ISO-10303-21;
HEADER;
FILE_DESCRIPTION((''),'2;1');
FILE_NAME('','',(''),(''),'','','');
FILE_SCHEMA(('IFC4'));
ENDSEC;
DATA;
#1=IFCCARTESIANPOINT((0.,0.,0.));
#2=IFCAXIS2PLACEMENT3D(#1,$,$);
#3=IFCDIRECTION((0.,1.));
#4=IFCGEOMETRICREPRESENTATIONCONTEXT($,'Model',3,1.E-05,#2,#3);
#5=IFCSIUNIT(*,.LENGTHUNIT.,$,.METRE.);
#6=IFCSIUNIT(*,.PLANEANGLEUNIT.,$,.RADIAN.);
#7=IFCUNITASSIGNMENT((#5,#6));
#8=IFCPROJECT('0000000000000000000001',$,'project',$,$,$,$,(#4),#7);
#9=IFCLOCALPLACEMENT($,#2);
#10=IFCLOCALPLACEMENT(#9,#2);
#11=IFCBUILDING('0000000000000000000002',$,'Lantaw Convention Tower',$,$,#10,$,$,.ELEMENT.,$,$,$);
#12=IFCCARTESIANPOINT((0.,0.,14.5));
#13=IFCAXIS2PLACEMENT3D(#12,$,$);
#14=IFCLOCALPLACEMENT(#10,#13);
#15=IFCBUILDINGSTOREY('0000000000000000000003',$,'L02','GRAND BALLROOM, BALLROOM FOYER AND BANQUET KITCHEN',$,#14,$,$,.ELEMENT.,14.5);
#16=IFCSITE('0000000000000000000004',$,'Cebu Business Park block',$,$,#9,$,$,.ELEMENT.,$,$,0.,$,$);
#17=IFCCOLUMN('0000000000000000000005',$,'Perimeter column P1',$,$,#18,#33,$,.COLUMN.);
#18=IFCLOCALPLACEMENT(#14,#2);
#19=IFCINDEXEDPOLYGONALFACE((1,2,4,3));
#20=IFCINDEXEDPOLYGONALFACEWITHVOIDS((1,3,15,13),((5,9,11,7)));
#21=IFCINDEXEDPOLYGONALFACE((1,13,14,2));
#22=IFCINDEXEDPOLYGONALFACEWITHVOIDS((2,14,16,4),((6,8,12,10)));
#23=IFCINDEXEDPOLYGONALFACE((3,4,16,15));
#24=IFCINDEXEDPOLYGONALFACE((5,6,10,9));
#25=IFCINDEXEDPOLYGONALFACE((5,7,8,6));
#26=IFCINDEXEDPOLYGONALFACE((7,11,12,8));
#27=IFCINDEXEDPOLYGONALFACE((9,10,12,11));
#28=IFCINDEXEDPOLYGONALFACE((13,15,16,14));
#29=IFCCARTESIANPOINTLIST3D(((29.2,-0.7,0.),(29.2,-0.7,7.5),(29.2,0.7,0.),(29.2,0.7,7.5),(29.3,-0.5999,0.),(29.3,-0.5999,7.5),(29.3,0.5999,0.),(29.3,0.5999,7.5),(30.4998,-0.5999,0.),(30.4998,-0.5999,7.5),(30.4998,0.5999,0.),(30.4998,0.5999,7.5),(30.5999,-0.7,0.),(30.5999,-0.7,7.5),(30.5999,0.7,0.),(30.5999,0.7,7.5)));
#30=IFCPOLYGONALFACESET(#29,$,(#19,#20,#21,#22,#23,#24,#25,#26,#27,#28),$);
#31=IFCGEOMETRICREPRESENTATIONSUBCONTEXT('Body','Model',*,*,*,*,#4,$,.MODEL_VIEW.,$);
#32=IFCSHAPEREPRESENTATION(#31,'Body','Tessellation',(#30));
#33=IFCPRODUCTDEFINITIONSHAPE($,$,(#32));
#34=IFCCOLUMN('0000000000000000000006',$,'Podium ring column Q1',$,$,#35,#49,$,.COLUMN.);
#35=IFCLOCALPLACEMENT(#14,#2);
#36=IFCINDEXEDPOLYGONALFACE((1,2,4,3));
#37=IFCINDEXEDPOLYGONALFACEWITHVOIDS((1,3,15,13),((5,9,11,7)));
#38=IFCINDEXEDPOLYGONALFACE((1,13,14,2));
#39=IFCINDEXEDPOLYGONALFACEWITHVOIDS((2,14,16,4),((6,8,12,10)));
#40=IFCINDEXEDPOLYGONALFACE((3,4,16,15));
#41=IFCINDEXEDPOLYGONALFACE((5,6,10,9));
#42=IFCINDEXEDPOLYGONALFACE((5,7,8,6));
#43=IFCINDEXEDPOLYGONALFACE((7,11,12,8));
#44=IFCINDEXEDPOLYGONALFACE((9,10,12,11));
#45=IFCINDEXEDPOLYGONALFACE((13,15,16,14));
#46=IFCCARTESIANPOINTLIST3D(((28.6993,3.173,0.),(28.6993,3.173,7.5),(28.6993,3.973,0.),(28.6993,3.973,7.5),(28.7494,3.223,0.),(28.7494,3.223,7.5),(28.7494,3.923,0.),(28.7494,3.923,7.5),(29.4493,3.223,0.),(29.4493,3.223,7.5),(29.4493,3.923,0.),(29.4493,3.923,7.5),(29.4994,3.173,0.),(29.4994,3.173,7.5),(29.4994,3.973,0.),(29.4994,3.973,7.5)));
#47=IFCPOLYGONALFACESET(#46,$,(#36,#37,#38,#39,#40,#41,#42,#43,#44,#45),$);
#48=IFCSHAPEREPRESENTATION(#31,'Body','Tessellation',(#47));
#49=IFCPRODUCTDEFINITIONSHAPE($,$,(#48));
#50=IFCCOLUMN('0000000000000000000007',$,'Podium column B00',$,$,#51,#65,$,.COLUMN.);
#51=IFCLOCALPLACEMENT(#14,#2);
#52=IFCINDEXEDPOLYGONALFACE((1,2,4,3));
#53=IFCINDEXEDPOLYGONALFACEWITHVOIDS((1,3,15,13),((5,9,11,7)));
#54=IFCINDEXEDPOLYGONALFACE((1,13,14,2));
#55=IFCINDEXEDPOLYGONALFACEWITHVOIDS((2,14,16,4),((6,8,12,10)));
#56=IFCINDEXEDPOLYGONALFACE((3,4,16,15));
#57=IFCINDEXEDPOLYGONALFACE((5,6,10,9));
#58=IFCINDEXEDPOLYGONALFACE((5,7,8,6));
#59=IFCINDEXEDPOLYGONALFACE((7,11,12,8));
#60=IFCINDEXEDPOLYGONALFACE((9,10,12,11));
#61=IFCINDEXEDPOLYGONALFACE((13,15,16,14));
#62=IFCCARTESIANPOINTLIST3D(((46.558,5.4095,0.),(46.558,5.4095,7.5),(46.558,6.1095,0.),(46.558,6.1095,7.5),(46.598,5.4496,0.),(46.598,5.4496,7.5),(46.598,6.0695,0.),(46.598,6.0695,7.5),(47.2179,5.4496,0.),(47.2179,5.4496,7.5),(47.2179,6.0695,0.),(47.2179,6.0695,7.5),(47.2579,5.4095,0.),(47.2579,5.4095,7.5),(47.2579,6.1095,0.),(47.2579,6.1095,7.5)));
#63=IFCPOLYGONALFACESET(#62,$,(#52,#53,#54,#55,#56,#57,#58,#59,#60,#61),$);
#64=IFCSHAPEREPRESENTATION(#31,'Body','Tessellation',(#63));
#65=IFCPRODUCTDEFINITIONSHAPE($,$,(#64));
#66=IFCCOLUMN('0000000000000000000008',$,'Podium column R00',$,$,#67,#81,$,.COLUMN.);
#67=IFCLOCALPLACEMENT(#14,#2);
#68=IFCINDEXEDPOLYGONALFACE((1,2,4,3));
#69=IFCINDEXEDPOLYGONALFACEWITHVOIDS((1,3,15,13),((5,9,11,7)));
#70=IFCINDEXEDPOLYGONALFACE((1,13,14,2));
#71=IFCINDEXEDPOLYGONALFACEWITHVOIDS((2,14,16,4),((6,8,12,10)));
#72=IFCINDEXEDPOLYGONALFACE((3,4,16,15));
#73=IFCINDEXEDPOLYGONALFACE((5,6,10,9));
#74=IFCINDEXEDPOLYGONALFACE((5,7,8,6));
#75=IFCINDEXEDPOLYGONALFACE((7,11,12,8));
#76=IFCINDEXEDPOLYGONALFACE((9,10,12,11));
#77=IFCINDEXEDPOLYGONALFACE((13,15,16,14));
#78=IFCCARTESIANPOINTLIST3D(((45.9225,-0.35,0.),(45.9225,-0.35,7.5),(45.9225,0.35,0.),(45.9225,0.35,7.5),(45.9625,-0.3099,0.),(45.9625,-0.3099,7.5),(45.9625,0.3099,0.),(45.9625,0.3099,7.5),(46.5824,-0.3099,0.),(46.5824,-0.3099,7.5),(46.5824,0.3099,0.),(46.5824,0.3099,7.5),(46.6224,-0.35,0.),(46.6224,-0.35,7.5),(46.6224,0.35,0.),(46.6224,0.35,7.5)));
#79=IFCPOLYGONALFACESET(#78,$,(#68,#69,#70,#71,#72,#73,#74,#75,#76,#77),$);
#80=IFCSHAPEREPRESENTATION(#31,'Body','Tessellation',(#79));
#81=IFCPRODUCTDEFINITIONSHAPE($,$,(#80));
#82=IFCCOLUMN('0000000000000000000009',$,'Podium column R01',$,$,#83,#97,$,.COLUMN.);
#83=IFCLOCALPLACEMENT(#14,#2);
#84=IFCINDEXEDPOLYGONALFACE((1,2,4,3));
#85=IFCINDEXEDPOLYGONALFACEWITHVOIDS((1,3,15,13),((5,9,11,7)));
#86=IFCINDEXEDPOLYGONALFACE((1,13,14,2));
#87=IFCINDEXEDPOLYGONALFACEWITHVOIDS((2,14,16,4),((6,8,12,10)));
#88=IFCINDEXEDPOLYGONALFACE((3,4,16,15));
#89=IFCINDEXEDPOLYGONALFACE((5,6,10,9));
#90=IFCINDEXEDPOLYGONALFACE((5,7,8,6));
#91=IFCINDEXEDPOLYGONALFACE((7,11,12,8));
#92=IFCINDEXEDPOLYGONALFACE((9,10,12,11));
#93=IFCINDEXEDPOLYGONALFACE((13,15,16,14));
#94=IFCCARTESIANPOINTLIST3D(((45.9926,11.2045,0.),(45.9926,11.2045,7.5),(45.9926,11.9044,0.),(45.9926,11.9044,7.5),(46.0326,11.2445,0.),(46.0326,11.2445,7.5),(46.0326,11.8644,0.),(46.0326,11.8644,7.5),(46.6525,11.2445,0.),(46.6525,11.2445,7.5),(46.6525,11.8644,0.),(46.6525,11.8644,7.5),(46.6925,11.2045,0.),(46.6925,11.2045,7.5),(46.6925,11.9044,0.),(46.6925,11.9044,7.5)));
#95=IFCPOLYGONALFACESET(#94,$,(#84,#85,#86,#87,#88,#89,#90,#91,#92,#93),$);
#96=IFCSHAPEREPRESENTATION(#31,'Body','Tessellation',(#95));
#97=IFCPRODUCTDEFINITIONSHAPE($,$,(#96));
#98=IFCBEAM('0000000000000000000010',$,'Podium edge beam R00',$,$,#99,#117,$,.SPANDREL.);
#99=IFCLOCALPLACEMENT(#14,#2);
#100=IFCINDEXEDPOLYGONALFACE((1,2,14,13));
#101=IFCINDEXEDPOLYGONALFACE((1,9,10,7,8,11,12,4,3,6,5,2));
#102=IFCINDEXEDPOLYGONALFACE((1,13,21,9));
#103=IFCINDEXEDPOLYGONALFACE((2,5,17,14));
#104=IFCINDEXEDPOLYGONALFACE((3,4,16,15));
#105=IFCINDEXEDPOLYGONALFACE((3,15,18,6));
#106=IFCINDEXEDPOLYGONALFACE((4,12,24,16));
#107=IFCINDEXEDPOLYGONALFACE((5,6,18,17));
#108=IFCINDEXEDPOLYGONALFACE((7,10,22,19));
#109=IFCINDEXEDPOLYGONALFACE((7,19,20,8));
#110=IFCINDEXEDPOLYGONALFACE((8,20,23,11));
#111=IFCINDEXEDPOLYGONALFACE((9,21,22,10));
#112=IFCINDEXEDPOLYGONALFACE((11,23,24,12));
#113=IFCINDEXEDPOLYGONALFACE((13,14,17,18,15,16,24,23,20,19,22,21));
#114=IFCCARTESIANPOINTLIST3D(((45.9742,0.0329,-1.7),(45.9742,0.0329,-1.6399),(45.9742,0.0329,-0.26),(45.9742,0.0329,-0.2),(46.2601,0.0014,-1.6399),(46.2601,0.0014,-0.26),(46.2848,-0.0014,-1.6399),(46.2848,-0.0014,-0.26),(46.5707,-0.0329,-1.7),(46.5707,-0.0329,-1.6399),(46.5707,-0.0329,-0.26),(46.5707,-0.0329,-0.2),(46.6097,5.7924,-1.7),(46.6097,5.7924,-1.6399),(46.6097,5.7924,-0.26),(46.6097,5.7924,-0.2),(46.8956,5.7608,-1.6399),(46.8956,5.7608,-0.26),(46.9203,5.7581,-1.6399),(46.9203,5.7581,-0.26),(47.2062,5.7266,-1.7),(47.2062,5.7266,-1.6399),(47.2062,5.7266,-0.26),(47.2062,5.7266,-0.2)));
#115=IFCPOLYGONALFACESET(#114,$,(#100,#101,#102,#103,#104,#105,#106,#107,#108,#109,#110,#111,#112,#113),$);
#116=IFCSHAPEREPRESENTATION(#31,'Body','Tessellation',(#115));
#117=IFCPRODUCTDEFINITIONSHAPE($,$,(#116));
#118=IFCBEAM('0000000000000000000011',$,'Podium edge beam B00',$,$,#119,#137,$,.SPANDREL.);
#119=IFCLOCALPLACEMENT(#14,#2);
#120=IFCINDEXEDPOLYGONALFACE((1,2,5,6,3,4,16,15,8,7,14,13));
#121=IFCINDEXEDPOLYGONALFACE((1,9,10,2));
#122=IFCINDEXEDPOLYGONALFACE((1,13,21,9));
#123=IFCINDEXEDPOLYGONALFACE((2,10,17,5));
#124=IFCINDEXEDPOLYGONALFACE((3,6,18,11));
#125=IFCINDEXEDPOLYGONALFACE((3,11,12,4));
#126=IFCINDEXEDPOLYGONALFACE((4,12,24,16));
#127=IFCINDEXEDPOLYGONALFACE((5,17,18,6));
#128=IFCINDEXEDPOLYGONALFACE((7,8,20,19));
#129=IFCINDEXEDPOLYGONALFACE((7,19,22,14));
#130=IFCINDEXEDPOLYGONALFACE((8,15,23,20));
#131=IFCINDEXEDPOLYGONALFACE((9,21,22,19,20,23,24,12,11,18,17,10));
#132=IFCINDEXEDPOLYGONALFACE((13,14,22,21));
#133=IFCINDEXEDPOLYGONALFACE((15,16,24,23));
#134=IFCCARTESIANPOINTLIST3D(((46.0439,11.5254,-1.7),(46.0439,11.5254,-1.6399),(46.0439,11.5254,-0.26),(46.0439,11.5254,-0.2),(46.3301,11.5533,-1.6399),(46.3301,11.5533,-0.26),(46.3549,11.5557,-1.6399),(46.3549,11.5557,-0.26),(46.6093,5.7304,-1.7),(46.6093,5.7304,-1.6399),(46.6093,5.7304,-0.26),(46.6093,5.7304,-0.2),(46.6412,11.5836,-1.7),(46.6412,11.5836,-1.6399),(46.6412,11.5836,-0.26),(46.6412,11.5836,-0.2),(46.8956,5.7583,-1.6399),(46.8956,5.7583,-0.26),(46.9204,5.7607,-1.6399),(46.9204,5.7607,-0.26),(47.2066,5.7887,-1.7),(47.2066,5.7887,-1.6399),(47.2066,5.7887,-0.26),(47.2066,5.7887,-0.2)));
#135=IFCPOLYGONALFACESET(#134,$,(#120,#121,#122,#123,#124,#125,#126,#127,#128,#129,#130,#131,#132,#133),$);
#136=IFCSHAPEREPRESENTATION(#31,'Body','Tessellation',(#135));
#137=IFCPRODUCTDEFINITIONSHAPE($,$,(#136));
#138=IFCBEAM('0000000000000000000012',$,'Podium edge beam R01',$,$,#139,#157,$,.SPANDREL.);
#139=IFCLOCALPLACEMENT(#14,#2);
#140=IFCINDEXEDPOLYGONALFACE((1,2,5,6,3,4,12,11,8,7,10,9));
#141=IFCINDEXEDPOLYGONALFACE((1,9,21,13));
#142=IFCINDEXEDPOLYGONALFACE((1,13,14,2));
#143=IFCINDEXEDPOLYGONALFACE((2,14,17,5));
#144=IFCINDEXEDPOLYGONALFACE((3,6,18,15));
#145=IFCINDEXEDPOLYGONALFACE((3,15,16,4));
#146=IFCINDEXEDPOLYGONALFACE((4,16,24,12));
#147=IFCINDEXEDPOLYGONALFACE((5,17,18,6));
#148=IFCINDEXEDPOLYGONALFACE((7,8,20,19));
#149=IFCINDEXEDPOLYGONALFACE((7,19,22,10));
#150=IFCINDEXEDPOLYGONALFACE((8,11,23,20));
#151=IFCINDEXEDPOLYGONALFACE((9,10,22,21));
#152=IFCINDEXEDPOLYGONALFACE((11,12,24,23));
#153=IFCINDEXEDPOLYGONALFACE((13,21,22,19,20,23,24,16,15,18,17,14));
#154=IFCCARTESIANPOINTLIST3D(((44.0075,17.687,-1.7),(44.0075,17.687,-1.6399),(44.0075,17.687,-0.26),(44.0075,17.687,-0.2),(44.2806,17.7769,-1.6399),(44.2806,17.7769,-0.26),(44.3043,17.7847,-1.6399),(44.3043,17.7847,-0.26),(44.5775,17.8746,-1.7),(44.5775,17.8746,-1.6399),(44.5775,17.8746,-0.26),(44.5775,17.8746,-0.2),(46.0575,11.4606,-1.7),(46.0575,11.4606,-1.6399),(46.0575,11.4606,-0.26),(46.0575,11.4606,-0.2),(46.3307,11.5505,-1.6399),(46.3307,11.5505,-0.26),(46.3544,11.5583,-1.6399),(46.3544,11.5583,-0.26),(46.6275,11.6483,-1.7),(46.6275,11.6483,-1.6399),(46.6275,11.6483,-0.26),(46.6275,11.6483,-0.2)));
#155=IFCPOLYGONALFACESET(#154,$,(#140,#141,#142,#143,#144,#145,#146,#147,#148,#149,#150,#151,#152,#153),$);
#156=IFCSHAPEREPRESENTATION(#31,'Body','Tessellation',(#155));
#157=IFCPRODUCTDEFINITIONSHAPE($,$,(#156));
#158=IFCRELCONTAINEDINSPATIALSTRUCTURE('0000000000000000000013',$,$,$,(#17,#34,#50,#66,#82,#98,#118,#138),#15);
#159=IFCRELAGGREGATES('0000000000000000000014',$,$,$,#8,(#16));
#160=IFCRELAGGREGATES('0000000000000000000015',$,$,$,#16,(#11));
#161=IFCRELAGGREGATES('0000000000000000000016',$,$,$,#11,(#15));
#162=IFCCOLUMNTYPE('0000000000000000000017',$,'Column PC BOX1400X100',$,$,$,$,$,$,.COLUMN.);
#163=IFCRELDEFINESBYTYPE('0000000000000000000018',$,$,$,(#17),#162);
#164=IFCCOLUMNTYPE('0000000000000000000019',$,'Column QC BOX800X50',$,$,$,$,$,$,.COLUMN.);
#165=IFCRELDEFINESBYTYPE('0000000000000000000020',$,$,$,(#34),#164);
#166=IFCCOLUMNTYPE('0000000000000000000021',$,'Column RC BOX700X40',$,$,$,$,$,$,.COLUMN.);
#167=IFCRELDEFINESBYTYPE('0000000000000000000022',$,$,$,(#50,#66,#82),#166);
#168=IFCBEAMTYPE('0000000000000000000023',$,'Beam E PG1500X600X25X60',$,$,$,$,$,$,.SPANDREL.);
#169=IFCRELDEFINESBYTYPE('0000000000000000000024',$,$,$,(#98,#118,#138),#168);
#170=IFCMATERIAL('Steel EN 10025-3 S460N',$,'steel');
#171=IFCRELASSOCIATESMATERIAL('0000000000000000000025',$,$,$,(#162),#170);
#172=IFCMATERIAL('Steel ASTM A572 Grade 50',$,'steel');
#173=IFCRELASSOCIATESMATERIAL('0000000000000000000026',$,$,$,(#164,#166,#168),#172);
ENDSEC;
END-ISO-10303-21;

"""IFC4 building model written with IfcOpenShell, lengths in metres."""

from ifc_helpers import new_model, si_unit, direction, frame, origin, origin_2d, place, context, subcontext, project, spatial, rectangle, hollow_rectangle, i_section, extrude, material, material_profile, profile_set, type_object, element, save


model = new_model("IFC4")

# Units and contexts
model_context = context("Model", 3, precision=1e-05, world=origin(), true_north=direction((0.0, 1.0)))
body_context = subcontext(model_context, "Body", "Model", "MODEL_VIEW")
ifc_project = project(units=[si_unit("LENGTHUNIT", "METRE"), si_unit("PLANEANGLEUNIT", "RADIAN")], contexts=[model_context])

# Site, building, storey
site_placement = place(None, origin())
site = spatial("IfcSite", under=ifc_project, at=site_placement, Name="Cebu Business Park block", CompositionType="ELEMENT", RefElevation=0.0)
building_placement = place(site_placement, origin())
building = spatial("IfcBuilding", under=site, at=building_placement, Name="Lantaw Convention Tower", CompositionType="ELEMENT")
storey_placement = place(building_placement, frame((0.0, 0.0, 14.5)))
storey = spatial("IfcBuildingStorey", under=building, at=storey_placement, Name="L02", Description="GRAND BALLROOM, BALLROOM FOYER AND BANQUET KITCHEN", CompositionType="ELEMENT", Elevation=14.5)

# Columns
ifc_material_1 = material(Name="Steel EN 10025-3 S460N", Category="steel")
ifc_material_profile_1 = material_profile(ifc_material_1, hollow_rectangle(XDim=1.3999, YDim=1.3999, WallThickness=0.1001, at=origin_2d()), Name="BOX1400X100")
ifc_material_2 = material(Name="Concrete C60/75", Category="concrete")
ifc_material_profile_2 = material_profile(ifc_material_2, rectangle(XDim=1.2, YDim=1.2, at=origin_2d()), Name="Concrete fill of BOX1400X100")
ifc_profile_set_1 = profile_set([ifc_material_profile_1, ifc_material_profile_2], Name="Steel EN 10025-3 S460N")
column_type_1 = type_object("IfcColumnType", Name="Column PC BOX1400X100", PredefinedType="COLUMN", material=ifc_profile_set_1)
column_1_placement = place(storey_placement, frame((29.8999, 0.0, 0.0), z_axis=(0.0, 0.0, 1.0), x_axis=(1.0, 0.0, 0.0)))
element("IfcColumn", 1, at=column_1_placement, inside=storey, type_object=column_type_1, Name="Perimeter column P1", PredefinedType="COLUMN", context=body_context, shape_type="SweptSolid", body=[
    extrude(hollow_rectangle(XDim=1.3999, YDim=1.3999, WallThickness=0.1001, at=origin_2d()), origin(), (0.0, 0.0, 1.0), 7.5),
])
ifc_material_3 = material(Name="Steel ASTM A572 Grade 50", Category="steel")
ifc_material_profile_3 = material_profile(ifc_material_3, hollow_rectangle(XDim=0.8, YDim=0.8, WallThickness=0.05, at=origin_2d()), Name="BOX800X50")
ifc_profile_set_2 = profile_set([ifc_material_profile_3], Name="Steel ASTM A572 Grade 50")
column_type_2 = type_object("IfcColumnType", Name="Column QC BOX800X50", PredefinedType="COLUMN", material=ifc_profile_set_2)
column_2_placement = place(storey_placement, frame((29.0994, 3.573, 0.0), z_axis=(0.0, 0.0, 1.0), x_axis=(1.0, 0.0, 0.0)))
element("IfcColumn", 2, at=column_2_placement, inside=storey, type_object=column_type_2, Name="Podium ring column Q1", PredefinedType="COLUMN", context=body_context, shape_type="SweptSolid", body=[
    extrude(hollow_rectangle(XDim=0.8, YDim=0.8, WallThickness=0.05, at=origin_2d()), origin(), (0.0, 0.0, 1.0), 7.5),
])
ifc_material_profile_4 = material_profile(ifc_material_3, hollow_rectangle(XDim=0.7, YDim=0.7, WallThickness=0.04, at=origin_2d()), Name="BOX700X40")
ifc_profile_set_3 = profile_set([ifc_material_profile_4], Name="Steel ASTM A572 Grade 50")
column_type_3 = type_object("IfcColumnType", Name="Column RC BOX700X40", PredefinedType="COLUMN", material=ifc_profile_set_3)
for number, where, z_axis, x_axis, name in (
    (3, (46.908, 5.7595, 0.0), (0.0, 0.0, 1.0), (1.0, 0.0, 0.0), "Podium column B00"),
    (4, (46.2725, 0.0, 0.0), (0.0, 0.0, 1.0), (1.0, 0.0, 0.0), "Podium column R00"),
    (5, (46.3425, 11.5544, 0.0), (0.0, 0.0, 1.0), (1.0, 0.0, 0.0), "Podium column R01"),
):
    element("IfcColumn", number, at=place(storey_placement, frame(where, z_axis=z_axis, x_axis=x_axis)), inside=storey, type_object=column_type_3, Name=name, PredefinedType="COLUMN", context=body_context, shape_type="SweptSolid", body=[
        extrude(hollow_rectangle(XDim=0.7, YDim=0.7, WallThickness=0.04, at=origin_2d()), origin(), (0.0, 0.0, 1.0), 7.5),
    ])

# Beams
ifc_material_profile_5 = material_profile(ifc_material_3, i_section(OverallWidth=0.6001, OverallDepth=1.5, WebThickness=0.0249, FlangeThickness=0.0601, at=origin_2d()), Name="PG1500X600X25X60")
ifc_profile_set_4 = profile_set([ifc_material_profile_5], Name="Steel ASTM A572 Grade 50")
beam_type_1 = type_object("IfcBeamType", Name="Beam E PG1500X600X25X60", PredefinedType="SPANDREL", material=ifc_profile_set_4)
beam_1_placement = place(storey_placement, frame((46.2725, 0.0, -0.95), z_axis=(0.109673, 0.993968, 0.0), x_axis=(-0.993968, 0.109673, 0.0)))
element("IfcBeam", 6, at=beam_1_placement, inside=storey, type_object=beam_type_1, Name="Podium edge beam R00", PredefinedType="SPANDREL", context=body_context, shape_type="SweptSolid", body=[
    extrude(i_section(OverallWidth=0.6001, OverallDepth=1.5, WebThickness=0.0249, FlangeThickness=0.0601, at=origin_2d()), origin(), (0.0, 0.0, 1.0), 5.7944),
])
beam_2_placement = place(storey_placement, frame((46.908, 5.7595, -0.95), z_axis=(-0.097112, 0.995273, 0.0), x_axis=(-0.995273, -0.097112, 0.0)))
element("IfcBeam", 7, at=beam_2_placement, inside=storey, type_object=beam_type_1, Name="Podium edge beam B00", PredefinedType="SPANDREL", context=body_context, shape_type="SweptSolid", body=[
    extrude(i_section(OverallWidth=0.6001, OverallDepth=1.5, WebThickness=0.0249, FlangeThickness=0.0601, at=origin_2d()), origin(), (0.0, 0.0, 1.0), 5.8225),
])
beam_3_placement = place(storey_placement, frame((46.3425, 11.5544, -0.95), z_axis=(-0.31274, 0.949839, 0.0), x_axis=(-0.949839, -0.31274, 0.0)))
element("IfcBeam", 8, at=beam_3_placement, inside=storey, type_object=beam_type_1, Name="Podium edge beam R01", PredefinedType="SPANDREL", context=body_context, shape_type="SweptSolid", body=[
    extrude(i_section(OverallWidth=0.6001, OverallDepth=1.5, WebThickness=0.0249, FlangeThickness=0.0601, at=origin_2d()), origin(), (0.0, 0.0, 1.0), 6.5552),
])

save(model, "model.ifc")
